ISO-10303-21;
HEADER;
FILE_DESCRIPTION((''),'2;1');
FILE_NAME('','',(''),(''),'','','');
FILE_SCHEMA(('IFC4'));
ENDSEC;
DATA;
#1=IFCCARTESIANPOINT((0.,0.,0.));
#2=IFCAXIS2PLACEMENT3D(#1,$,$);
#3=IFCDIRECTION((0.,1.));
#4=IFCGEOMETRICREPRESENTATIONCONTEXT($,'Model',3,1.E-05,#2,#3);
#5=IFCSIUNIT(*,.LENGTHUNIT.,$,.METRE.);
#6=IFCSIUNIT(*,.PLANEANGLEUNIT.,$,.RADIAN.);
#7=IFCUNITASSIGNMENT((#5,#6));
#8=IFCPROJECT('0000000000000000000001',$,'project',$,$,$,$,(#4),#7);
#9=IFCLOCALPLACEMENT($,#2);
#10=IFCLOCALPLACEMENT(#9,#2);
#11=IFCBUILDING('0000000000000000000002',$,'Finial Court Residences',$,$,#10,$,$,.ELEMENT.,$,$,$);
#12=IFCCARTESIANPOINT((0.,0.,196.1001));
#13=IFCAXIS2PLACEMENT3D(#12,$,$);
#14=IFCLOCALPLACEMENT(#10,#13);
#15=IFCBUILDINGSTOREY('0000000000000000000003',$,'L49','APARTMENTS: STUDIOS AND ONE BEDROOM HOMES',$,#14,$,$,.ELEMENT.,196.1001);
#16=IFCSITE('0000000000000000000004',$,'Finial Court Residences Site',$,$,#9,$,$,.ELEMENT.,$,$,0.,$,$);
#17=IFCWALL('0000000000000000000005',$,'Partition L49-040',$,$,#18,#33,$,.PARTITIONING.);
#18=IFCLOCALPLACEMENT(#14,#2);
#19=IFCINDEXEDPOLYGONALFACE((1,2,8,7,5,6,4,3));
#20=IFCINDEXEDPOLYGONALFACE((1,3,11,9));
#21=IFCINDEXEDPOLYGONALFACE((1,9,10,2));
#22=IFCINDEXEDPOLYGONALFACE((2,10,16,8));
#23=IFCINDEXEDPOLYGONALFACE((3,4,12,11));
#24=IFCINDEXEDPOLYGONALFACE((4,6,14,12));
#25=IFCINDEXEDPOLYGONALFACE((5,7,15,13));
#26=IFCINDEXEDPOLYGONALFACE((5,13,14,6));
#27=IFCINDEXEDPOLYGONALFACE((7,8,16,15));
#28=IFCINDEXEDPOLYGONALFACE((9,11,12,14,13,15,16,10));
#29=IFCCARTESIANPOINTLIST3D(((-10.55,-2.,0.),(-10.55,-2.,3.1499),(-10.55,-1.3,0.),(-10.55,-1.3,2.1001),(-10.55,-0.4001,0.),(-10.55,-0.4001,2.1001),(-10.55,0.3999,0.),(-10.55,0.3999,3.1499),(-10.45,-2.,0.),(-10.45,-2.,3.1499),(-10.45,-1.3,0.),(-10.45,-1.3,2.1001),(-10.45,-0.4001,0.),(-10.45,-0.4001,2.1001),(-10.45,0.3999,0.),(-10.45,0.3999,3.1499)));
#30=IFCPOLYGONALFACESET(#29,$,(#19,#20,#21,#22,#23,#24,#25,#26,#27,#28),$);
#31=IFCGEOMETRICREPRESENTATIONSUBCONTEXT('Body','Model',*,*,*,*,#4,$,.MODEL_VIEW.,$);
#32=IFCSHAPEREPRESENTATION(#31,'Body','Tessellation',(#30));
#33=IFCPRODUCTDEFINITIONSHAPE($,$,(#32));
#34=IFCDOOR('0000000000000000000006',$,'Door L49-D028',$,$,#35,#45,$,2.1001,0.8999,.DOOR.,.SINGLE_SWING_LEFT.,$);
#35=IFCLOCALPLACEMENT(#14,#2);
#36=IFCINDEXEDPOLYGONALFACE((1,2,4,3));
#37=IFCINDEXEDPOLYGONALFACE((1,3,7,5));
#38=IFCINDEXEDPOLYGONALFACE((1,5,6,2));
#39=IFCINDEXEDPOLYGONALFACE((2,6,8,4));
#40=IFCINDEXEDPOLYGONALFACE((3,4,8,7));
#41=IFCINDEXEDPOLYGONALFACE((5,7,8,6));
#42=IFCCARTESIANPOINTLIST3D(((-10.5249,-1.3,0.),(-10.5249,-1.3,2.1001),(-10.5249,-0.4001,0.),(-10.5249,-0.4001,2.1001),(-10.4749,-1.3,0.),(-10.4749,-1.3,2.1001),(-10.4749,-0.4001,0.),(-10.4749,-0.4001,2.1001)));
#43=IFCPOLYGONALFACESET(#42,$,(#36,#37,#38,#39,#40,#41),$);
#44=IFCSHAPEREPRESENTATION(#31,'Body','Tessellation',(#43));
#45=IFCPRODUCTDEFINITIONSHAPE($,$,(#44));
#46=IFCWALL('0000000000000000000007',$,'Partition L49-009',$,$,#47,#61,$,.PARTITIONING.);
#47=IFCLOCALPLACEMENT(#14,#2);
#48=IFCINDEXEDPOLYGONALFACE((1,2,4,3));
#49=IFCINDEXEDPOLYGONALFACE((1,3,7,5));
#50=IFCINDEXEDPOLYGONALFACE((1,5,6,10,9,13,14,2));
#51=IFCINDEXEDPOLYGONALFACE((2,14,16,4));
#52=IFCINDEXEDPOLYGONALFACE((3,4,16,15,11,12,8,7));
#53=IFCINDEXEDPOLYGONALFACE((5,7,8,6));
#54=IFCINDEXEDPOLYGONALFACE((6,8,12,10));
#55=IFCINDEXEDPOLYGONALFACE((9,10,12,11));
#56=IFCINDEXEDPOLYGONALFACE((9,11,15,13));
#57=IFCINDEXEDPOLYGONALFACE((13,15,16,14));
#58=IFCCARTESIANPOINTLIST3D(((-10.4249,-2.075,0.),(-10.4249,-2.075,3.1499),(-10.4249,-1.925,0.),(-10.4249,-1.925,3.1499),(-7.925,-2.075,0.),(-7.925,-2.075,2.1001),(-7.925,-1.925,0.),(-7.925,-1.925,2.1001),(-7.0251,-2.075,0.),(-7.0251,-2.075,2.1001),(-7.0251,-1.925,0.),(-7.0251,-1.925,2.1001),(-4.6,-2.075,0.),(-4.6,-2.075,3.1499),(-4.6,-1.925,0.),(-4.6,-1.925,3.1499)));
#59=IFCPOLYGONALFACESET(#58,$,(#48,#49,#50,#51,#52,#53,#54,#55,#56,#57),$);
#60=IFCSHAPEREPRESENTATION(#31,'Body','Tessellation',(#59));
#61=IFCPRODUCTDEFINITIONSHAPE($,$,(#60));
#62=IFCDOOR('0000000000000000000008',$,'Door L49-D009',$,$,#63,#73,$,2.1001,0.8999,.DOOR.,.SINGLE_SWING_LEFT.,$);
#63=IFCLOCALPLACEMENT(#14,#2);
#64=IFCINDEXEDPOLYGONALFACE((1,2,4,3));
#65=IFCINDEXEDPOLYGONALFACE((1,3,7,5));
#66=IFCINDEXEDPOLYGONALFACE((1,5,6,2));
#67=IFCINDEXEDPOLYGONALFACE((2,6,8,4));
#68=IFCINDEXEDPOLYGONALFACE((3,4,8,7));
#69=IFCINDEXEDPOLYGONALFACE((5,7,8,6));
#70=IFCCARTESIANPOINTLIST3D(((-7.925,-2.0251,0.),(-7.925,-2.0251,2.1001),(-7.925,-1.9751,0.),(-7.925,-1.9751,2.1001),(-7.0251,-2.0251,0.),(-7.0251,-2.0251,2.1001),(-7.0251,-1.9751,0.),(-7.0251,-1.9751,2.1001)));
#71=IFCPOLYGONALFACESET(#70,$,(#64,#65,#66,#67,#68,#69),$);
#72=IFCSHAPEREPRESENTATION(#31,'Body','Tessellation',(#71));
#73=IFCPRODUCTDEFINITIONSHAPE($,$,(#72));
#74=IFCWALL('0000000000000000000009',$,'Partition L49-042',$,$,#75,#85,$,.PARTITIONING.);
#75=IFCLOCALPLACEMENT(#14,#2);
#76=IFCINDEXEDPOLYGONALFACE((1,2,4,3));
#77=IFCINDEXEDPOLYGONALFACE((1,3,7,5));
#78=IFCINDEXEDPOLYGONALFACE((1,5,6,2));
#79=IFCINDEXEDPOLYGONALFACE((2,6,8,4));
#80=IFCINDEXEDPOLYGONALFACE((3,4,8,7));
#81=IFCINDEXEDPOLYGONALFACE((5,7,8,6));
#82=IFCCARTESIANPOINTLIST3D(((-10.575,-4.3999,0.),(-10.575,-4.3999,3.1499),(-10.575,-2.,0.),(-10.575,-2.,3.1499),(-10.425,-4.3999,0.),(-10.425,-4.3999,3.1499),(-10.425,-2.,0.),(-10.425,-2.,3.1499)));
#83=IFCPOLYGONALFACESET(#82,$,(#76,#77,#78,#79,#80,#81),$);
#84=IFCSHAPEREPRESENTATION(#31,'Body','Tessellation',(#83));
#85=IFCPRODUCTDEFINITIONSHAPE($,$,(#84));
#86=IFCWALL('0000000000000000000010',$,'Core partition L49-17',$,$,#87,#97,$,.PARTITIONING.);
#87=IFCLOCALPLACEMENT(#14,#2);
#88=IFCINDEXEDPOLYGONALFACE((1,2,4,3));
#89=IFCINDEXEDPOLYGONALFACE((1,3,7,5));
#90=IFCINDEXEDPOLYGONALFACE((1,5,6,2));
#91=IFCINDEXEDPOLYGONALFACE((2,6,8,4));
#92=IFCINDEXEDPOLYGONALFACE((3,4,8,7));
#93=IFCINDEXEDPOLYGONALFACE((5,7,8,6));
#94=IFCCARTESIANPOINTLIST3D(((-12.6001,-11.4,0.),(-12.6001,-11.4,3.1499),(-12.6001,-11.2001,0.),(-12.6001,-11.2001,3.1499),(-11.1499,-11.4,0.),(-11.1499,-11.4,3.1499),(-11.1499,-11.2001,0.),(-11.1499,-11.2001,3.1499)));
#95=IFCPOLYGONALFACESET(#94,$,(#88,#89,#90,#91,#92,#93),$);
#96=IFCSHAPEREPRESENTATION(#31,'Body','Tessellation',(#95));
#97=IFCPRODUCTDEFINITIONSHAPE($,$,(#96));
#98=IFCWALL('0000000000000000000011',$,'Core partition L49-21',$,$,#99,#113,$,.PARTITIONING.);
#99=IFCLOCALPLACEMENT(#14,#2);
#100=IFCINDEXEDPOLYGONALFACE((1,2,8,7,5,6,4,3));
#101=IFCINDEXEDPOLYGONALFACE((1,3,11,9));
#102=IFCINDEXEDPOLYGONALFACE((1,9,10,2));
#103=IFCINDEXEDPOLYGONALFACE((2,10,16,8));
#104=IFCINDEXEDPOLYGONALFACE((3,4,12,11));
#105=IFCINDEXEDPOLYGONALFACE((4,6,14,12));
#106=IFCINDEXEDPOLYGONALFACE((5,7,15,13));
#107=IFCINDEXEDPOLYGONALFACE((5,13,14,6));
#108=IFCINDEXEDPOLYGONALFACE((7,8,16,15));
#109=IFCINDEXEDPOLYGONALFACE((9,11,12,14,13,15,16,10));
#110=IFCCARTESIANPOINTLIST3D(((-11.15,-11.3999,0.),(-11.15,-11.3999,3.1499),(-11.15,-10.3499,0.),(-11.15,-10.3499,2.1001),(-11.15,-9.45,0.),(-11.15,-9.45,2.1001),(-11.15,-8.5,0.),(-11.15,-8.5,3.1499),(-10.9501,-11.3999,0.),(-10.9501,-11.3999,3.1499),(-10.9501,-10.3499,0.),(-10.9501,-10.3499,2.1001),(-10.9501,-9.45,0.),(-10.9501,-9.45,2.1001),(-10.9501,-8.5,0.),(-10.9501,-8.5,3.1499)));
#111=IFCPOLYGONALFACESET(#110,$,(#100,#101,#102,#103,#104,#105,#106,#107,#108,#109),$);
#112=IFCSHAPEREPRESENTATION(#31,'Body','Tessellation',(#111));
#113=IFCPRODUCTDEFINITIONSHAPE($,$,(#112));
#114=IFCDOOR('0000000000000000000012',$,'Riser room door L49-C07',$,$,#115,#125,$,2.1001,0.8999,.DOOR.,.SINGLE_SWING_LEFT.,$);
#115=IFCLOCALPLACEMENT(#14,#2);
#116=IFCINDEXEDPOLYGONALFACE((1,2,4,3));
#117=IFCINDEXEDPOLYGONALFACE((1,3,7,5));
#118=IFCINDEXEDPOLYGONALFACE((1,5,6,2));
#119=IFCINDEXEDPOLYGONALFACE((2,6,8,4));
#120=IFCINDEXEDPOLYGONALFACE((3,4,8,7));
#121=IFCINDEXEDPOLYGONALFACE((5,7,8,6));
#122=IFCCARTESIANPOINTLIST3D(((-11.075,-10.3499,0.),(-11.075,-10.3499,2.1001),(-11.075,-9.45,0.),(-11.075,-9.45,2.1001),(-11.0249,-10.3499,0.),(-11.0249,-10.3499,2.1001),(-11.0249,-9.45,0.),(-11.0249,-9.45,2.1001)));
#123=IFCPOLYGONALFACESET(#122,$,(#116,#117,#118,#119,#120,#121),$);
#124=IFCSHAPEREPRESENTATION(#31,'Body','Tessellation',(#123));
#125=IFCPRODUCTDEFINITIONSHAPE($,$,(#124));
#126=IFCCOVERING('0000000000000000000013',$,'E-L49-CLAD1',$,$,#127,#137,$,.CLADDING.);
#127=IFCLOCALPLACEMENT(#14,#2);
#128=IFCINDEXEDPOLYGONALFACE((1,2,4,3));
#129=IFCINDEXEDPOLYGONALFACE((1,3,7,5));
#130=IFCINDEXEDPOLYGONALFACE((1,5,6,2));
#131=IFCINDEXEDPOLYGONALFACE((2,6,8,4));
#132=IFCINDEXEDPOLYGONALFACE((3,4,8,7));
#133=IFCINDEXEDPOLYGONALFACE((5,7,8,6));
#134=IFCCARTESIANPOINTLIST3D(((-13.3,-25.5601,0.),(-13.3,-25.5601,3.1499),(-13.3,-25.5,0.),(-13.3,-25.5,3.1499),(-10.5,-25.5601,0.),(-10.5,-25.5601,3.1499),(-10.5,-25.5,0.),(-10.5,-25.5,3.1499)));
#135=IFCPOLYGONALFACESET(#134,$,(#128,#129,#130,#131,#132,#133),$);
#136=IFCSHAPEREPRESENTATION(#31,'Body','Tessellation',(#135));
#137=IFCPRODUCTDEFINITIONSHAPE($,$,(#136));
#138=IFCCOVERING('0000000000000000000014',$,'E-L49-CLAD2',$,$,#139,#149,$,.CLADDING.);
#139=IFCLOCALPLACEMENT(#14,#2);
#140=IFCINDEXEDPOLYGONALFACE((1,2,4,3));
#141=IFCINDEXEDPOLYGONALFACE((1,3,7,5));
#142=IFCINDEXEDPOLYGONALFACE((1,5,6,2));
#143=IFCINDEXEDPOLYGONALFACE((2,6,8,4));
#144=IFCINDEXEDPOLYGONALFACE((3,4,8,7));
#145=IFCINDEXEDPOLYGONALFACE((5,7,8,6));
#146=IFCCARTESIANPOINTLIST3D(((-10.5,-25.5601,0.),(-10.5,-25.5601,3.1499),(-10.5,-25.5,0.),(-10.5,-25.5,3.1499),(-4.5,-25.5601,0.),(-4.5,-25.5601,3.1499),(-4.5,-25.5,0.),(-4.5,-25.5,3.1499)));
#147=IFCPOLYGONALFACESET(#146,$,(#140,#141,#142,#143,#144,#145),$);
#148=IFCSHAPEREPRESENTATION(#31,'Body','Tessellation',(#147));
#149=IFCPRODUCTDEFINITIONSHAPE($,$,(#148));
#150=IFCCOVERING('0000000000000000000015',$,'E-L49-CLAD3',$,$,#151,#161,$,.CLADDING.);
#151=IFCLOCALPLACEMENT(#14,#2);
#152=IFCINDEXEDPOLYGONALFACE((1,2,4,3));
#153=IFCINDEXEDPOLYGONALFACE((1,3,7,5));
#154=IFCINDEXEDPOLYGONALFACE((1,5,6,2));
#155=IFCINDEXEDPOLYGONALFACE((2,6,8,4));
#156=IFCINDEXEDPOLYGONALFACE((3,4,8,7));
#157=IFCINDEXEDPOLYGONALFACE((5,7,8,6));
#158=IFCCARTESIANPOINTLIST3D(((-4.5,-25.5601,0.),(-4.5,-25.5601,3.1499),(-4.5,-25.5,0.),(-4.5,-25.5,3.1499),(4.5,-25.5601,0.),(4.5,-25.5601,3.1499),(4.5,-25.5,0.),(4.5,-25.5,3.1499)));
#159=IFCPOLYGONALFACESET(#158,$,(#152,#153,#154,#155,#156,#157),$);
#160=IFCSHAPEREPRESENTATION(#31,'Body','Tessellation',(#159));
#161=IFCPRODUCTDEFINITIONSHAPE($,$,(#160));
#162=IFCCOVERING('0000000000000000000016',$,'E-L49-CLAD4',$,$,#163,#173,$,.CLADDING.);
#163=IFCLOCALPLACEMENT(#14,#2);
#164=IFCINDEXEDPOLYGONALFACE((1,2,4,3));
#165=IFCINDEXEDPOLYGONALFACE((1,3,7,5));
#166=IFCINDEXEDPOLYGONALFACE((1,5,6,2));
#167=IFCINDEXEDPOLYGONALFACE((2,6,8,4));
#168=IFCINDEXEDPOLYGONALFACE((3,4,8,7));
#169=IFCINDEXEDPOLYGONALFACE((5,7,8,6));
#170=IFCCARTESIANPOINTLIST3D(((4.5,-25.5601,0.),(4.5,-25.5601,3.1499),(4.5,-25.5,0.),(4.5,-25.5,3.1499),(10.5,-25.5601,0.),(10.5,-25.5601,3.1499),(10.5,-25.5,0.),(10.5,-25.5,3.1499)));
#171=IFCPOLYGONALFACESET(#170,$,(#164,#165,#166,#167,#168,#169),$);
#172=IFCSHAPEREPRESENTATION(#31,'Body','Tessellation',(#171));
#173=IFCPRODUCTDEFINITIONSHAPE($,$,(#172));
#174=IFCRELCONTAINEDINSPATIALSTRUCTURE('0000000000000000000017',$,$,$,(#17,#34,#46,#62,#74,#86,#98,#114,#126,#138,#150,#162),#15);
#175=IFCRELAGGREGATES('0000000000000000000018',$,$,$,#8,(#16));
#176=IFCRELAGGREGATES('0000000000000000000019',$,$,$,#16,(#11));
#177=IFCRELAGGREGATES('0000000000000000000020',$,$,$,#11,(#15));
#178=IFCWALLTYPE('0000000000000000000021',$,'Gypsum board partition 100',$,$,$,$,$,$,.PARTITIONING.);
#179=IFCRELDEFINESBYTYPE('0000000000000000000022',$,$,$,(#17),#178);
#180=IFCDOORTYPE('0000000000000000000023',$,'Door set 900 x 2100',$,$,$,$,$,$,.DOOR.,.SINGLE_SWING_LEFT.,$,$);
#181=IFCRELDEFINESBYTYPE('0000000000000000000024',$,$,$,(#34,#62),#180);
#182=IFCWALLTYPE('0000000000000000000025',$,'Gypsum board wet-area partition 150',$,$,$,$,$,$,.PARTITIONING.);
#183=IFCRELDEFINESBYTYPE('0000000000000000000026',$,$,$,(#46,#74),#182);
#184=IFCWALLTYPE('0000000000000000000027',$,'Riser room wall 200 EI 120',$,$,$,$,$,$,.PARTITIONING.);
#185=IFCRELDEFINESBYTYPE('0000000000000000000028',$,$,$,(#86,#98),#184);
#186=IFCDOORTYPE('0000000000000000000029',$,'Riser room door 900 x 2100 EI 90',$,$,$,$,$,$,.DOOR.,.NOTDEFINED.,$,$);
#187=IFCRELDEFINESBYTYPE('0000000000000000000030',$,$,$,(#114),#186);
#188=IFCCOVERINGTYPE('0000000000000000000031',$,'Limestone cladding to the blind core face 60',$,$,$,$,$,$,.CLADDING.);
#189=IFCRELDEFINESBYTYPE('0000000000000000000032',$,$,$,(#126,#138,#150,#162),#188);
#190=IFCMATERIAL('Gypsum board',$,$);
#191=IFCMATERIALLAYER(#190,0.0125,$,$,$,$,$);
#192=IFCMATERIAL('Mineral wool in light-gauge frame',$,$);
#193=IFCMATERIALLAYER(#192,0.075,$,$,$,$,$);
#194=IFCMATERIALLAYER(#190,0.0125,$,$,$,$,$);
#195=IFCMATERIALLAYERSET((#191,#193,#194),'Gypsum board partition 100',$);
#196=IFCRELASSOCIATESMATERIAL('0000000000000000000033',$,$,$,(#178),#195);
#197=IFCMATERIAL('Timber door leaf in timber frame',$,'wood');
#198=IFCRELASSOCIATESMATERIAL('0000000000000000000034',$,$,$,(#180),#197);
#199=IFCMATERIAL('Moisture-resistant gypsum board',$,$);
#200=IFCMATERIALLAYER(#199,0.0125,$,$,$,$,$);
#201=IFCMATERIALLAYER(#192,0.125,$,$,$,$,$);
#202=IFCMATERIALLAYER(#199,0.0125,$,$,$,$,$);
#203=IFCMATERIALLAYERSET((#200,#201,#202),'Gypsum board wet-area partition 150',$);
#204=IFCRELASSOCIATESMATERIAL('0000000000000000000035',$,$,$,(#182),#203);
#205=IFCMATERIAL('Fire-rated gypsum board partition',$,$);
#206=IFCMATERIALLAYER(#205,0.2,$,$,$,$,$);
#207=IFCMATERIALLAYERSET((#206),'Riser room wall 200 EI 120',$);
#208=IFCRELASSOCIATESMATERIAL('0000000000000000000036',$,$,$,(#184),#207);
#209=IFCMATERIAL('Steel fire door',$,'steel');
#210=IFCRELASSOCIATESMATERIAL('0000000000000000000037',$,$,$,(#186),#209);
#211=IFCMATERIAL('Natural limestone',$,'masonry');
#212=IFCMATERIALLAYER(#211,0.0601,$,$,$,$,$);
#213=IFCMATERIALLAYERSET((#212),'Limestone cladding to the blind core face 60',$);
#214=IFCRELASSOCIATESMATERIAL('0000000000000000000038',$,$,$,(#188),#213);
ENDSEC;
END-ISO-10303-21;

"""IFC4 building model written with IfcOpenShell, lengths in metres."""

from ifc_helpers import new_model, si_unit, direction, frame, frame_2d, origin, place, context, subcontext, project, spatial, polyline, rectangle, outline, extrude, material, layer, layer_set, type_object, element, fill, save


model = new_model("IFC4")

# Units and contexts
model_context = context("Model", 3, precision=1e-05, world=origin(), true_north=direction((0.0, 1.0)))
body_context = subcontext(model_context, "Body", "Model", "MODEL_VIEW")
ifc_project = project(units=[si_unit("LENGTHUNIT", "METRE"), si_unit("PLANEANGLEUNIT", "RADIAN")], contexts=[model_context])

# Site, building, storey
site_placement = place(None, origin())
site = spatial("IfcSite", under=ifc_project, at=site_placement, Name="Finial Court Residences Site", CompositionType="ELEMENT", RefElevation=0.0)
building_placement = place(site_placement, origin())
building = spatial("IfcBuilding", under=site, at=building_placement, Name="Finial Court Residences", CompositionType="ELEMENT")
storey_placement = place(building_placement, frame((0.0, 0.0, 196.1001)))
storey = spatial("IfcBuildingStorey", under=building, at=storey_placement, Name="L49", Description="APARTMENTS: STUDIOS AND ONE BEDROOM HOMES", CompositionType="ELEMENT", Elevation=196.1001)

# Shared definitions
ifc_material_1 = material(Name="Fire-rated gypsum board partition")

# Shared definitions
ifc_material_2 = material(Name="Steel fire door", Category="steel")

# Shared definitions
ifc_material_3 = material(Name="Gypsum board")

# Walls, openings, doors
ifc_layer_1 = layer(ifc_material_3, 0.0125)
ifc_material_4 = material(Name="Mineral wool in light-gauge frame")
ifc_layer_2 = layer(ifc_material_4, 0.075)
ifc_layer_3 = layer(ifc_material_3, 0.0125)
ifc_layer_set_1 = layer_set([ifc_layer_1, ifc_layer_2, ifc_layer_3], Name="Gypsum board partition 100")
wall_type_1 = type_object("IfcWallType", Name="Gypsum board partition 100", PredefinedType="PARTITIONING", material=ifc_layer_set_1)
wall_1_placement = place(storey_placement, frame((-10.5, -2.0, 0.0), z_axis=(0.0, 0.0, 1.0), x_axis=(0.0, 1.0, 0.0)))
wall_1 = element("IfcWall", 1, at=wall_1_placement, inside=storey, type_object=wall_type_1, Name="Partition L49-040", PredefinedType="PARTITIONING", context=body_context, shape_type="SweptSolid", body=[
    extrude(rectangle(XDim=2.3999, YDim=0.1001, at=frame_2d((1.2, 0.0))), origin(), (0.0, 0.0, 1.0), 3.1499),
])
opening_1_placement = place(wall_1_placement, frame((0.7, 0.0, 0.0)))
opening_1 = element("IfcOpeningElement", 2, at=opening_1_placement, cuts=wall_1, PredefinedType="OPENING", context=body_context, shape_type="SweptSolid", body=[
    extrude(rectangle(XDim=0.8999, YDim=2.1001, at=frame_2d((0.45, 1.05))), frame((0.0, 0.0601, 0.0), z_axis=(0.0, -1.0, 0.0), x_axis=(1.0, 0.0, 0.0)), (0.0, 0.0, 1.0), 0.1201),
])
ifc_material_5 = material(Name="Timber door leaf in timber frame", Category="wood")
door_type_1 = type_object("IfcDoorType", Name="Door set 900 x 2100", OperationType="SINGLE_SWING_LEFT", PredefinedType="DOOR", material=ifc_material_5)
door_1_placement = place(opening_1_placement, origin())
door_1 = element("IfcDoor", 3, at=door_1_placement, inside=storey, type_object=door_type_1, Name="Door L49-D028", OperationType="SINGLE_SWING_LEFT", OverallHeight=2.1001, OverallWidth=0.8999, PredefinedType="DOOR", context=body_context, shape_type="SweptSolid", body=[
    extrude(rectangle(XDim=0.8999, YDim=2.1001, at=frame_2d((0.45, 1.05))), frame((0.0, 0.0249, 0.0), z_axis=(0.0, -1.0, 0.0), x_axis=(1.0, 0.0, 0.0)), (0.0, 0.0, 1.0), 0.05),
])
fill(opening_1, door_1)
ifc_material_6 = material(Name="Moisture-resistant gypsum board")
ifc_layer_4 = layer(ifc_material_6, 0.0125)
ifc_layer_5 = layer(ifc_material_4, 0.125)
ifc_layer_6 = layer(ifc_material_6, 0.0125)
ifc_layer_set_2 = layer_set([ifc_layer_4, ifc_layer_5, ifc_layer_6], Name="Gypsum board wet-area partition 150")
wall_type_2 = type_object("IfcWallType", Name="Gypsum board wet-area partition 150", PredefinedType="PARTITIONING", material=ifc_layer_set_2)
wall_2_placement = place(storey_placement, frame((-10.425, -2.0, 0.0), z_axis=(0.0, 0.0, 1.0), x_axis=(1.0, 0.0, 0.0)))
wall_2 = element("IfcWall", 4, at=wall_2_placement, inside=storey, type_object=wall_type_2, Name="Partition L49-009", PredefinedType="PARTITIONING", context=body_context, shape_type="SweptSolid", body=[
    extrude(rectangle(XDim=5.825, YDim=0.1499, at=frame_2d((2.9126, 0.0))), origin(), (0.0, 0.0, 1.0), 3.1499),
])
opening_2_placement = place(wall_2_placement, frame((2.5, 0.0, 0.0)))
opening_2 = element("IfcOpeningElement", 5, at=opening_2_placement, cuts=wall_2, PredefinedType="OPENING", context=body_context, shape_type="SweptSolid", body=[
    extrude(rectangle(XDim=0.8999, YDim=2.1001, at=frame_2d((0.45, 1.05))), frame((0.0, 0.085, 0.0), z_axis=(0.0, -1.0, 0.0), x_axis=(1.0, 0.0, 0.0)), (0.0, 0.0, 1.0), 0.1699),
])
door_2_placement = place(opening_2_placement, origin())
door_2 = element("IfcDoor", 6, at=door_2_placement, inside=storey, type_object=door_type_1, Name="Door L49-D009", OperationType="SINGLE_SWING_LEFT", OverallHeight=2.1001, OverallWidth=0.8999, PredefinedType="DOOR", context=body_context, shape_type="SweptSolid", body=[
    extrude(rectangle(XDim=0.8999, YDim=2.1001, at=frame_2d((0.45, 1.05))), frame((0.0, 0.0249, 0.0), z_axis=(0.0, -1.0, 0.0), x_axis=(1.0, 0.0, 0.0)), (0.0, 0.0, 1.0), 0.05),
])
fill(opening_2, door_2)

# Walls
wall_3_placement = place(storey_placement, frame((-10.5, -4.3999, 0.0), z_axis=(0.0, 0.0, 1.0), x_axis=(0.0, 1.0, 0.0)))
element("IfcWall", 7, at=wall_3_placement, inside=storey, type_object=wall_type_2, Name="Partition L49-042", PredefinedType="PARTITIONING", context=body_context, shape_type="SweptSolid", body=[
    extrude(rectangle(XDim=2.3999, YDim=0.1499, at=frame_2d((1.2, 0.0))), origin(), (0.0, 0.0, 1.0), 3.1499),
])
ifc_layer_7 = layer(ifc_material_1, 0.2)
ifc_layer_set_3 = layer_set([ifc_layer_7], Name="Riser room wall 200 EI 120")
wall_type_3 = type_object("IfcWallType", Name="Riser room wall 200 EI 120", PredefinedType="PARTITIONING", material=ifc_layer_set_3)
wall_4_placement = place(storey_placement, frame((-12.6001, -11.3, 0.0), z_axis=(0.0, 0.0, 1.0), x_axis=(1.0, 0.0, 0.0)))
element("IfcWall", 8, at=wall_4_placement, inside=storey, type_object=wall_type_3, Name="Core partition L49-17", PredefinedType="PARTITIONING", context=body_context, shape_type="SweptSolid", body=[
    extrude(rectangle(XDim=1.4502, YDim=0.2, at=frame_2d((0.7251, 0.0))), origin(), (0.0, 0.0, 1.0), 3.1499),
])

# Wall, opening, door
wall_5_placement = place(storey_placement, frame((-11.05, -11.3999, 0.0), z_axis=(0.0, 0.0, 1.0), x_axis=(0.0, 1.0, 0.0)))
wall_5 = element("IfcWall", 9, at=wall_5_placement, inside=storey, type_object=wall_type_3, Name="Core partition L49-21", PredefinedType="PARTITIONING", context=body_context, shape_type="SweptSolid", body=[
    extrude(rectangle(XDim=2.8999, YDim=0.2, at=frame_2d((1.45, 0.0))), origin(), (0.0, 0.0, 1.0), 3.1499),
])
opening_3_placement = place(wall_5_placement, frame((1.05, 0.0, 0.0)))
opening_3 = element("IfcOpeningElement", 10, at=opening_3_placement, cuts=wall_5, PredefinedType="OPENING", context=body_context, shape_type="SweptSolid", body=[
    extrude(rectangle(XDim=0.8999, YDim=2.1001, at=frame_2d((0.45, 1.05))), frame((0.0, 0.1099, 0.0), z_axis=(0.0, -1.0, 0.0), x_axis=(1.0, 0.0, 0.0)), (0.0, 0.0, 1.0), 0.22),
])
door_type_2 = type_object("IfcDoorType", Name="Riser room door 900 x 2100 EI 90", OperationType="NOTDEFINED", PredefinedType="DOOR", material=ifc_material_2)
door_3_placement = place(opening_3_placement, origin())
door_3 = element("IfcDoor", 11, at=door_3_placement, inside=storey, type_object=door_type_2, Name="Riser room door L49-C07", OperationType="SINGLE_SWING_LEFT", OverallHeight=2.1001, OverallWidth=0.8999, PredefinedType="DOOR", context=body_context, shape_type="SweptSolid", body=[
    extrude(rectangle(XDim=0.8999, YDim=2.1001, at=frame_2d((0.45, 1.05))), frame((0.0, 0.0249, 0.0), z_axis=(0.0, -1.0, 0.0), x_axis=(1.0, 0.0, 0.0)), (0.0, 0.0, 1.0), 0.05),
])
fill(opening_3, door_3)

# Coverings
ifc_material_7 = material(Name="Natural limestone", Category="masonry")
ifc_layer_8 = layer(ifc_material_7, 0.0601)
ifc_layer_set_4 = layer_set([ifc_layer_8], Name="Limestone cladding to the blind core face 60")
covering_type = type_object("IfcCoveringType", Name="Limestone cladding to the blind core face 60", PredefinedType="CLADDING", material=ifc_layer_set_4)
covering_1_placement = place(storey_placement, origin())
element("IfcCovering", 12, at=covering_1_placement, inside=storey, type_object=covering_type, Name="E-L49-CLAD1", PredefinedType="CLADDING", context=body_context, shape_type="SweptSolid", body=[
    extrude(outline(polyline([(-10.5, -25.5601), (-10.5, -25.5), (-13.3, -25.5), (-13.3, -25.5601), (-10.5, -25.5601)])), origin(), (0.0, 0.0, 1.0), 3.1499),
])
covering_2_placement = place(storey_placement, origin())
element("IfcCovering", 13, at=covering_2_placement, inside=storey, type_object=covering_type, Name="E-L49-CLAD2", PredefinedType="CLADDING", context=body_context, shape_type="SweptSolid", body=[
    extrude(outline(polyline([(-4.5, -25.5601), (-4.5, -25.5), (-10.5, -25.5), (-10.5, -25.5601), (-4.5, -25.5601)])), origin(), (0.0, 0.0, 1.0), 3.1499),
])
covering_3_placement = place(storey_placement, origin())
element("IfcCovering", 14, at=covering_3_placement, inside=storey, type_object=covering_type, Name="E-L49-CLAD3", PredefinedType="CLADDING", context=body_context, shape_type="SweptSolid", body=[
    extrude(outline(polyline([(4.5, -25.5601), (4.5, -25.5), (-4.5, -25.5), (-4.5, -25.5601), (4.5, -25.5601)])), origin(), (0.0, 0.0, 1.0), 3.1499),
])
covering_4_placement = place(storey_placement, origin())
element("IfcCovering", 15, at=covering_4_placement, inside=storey, type_object=covering_type, Name="E-L49-CLAD4", PredefinedType="CLADDING", context=body_context, shape_type="SweptSolid", body=[
    extrude(outline(polyline([(10.5, -25.5601), (10.5, -25.5), (4.5, -25.5), (4.5, -25.5601), (10.5, -25.5601)])), origin(), (0.0, 0.0, 1.0), 3.1499),
])

save(model, "model.ifc")
